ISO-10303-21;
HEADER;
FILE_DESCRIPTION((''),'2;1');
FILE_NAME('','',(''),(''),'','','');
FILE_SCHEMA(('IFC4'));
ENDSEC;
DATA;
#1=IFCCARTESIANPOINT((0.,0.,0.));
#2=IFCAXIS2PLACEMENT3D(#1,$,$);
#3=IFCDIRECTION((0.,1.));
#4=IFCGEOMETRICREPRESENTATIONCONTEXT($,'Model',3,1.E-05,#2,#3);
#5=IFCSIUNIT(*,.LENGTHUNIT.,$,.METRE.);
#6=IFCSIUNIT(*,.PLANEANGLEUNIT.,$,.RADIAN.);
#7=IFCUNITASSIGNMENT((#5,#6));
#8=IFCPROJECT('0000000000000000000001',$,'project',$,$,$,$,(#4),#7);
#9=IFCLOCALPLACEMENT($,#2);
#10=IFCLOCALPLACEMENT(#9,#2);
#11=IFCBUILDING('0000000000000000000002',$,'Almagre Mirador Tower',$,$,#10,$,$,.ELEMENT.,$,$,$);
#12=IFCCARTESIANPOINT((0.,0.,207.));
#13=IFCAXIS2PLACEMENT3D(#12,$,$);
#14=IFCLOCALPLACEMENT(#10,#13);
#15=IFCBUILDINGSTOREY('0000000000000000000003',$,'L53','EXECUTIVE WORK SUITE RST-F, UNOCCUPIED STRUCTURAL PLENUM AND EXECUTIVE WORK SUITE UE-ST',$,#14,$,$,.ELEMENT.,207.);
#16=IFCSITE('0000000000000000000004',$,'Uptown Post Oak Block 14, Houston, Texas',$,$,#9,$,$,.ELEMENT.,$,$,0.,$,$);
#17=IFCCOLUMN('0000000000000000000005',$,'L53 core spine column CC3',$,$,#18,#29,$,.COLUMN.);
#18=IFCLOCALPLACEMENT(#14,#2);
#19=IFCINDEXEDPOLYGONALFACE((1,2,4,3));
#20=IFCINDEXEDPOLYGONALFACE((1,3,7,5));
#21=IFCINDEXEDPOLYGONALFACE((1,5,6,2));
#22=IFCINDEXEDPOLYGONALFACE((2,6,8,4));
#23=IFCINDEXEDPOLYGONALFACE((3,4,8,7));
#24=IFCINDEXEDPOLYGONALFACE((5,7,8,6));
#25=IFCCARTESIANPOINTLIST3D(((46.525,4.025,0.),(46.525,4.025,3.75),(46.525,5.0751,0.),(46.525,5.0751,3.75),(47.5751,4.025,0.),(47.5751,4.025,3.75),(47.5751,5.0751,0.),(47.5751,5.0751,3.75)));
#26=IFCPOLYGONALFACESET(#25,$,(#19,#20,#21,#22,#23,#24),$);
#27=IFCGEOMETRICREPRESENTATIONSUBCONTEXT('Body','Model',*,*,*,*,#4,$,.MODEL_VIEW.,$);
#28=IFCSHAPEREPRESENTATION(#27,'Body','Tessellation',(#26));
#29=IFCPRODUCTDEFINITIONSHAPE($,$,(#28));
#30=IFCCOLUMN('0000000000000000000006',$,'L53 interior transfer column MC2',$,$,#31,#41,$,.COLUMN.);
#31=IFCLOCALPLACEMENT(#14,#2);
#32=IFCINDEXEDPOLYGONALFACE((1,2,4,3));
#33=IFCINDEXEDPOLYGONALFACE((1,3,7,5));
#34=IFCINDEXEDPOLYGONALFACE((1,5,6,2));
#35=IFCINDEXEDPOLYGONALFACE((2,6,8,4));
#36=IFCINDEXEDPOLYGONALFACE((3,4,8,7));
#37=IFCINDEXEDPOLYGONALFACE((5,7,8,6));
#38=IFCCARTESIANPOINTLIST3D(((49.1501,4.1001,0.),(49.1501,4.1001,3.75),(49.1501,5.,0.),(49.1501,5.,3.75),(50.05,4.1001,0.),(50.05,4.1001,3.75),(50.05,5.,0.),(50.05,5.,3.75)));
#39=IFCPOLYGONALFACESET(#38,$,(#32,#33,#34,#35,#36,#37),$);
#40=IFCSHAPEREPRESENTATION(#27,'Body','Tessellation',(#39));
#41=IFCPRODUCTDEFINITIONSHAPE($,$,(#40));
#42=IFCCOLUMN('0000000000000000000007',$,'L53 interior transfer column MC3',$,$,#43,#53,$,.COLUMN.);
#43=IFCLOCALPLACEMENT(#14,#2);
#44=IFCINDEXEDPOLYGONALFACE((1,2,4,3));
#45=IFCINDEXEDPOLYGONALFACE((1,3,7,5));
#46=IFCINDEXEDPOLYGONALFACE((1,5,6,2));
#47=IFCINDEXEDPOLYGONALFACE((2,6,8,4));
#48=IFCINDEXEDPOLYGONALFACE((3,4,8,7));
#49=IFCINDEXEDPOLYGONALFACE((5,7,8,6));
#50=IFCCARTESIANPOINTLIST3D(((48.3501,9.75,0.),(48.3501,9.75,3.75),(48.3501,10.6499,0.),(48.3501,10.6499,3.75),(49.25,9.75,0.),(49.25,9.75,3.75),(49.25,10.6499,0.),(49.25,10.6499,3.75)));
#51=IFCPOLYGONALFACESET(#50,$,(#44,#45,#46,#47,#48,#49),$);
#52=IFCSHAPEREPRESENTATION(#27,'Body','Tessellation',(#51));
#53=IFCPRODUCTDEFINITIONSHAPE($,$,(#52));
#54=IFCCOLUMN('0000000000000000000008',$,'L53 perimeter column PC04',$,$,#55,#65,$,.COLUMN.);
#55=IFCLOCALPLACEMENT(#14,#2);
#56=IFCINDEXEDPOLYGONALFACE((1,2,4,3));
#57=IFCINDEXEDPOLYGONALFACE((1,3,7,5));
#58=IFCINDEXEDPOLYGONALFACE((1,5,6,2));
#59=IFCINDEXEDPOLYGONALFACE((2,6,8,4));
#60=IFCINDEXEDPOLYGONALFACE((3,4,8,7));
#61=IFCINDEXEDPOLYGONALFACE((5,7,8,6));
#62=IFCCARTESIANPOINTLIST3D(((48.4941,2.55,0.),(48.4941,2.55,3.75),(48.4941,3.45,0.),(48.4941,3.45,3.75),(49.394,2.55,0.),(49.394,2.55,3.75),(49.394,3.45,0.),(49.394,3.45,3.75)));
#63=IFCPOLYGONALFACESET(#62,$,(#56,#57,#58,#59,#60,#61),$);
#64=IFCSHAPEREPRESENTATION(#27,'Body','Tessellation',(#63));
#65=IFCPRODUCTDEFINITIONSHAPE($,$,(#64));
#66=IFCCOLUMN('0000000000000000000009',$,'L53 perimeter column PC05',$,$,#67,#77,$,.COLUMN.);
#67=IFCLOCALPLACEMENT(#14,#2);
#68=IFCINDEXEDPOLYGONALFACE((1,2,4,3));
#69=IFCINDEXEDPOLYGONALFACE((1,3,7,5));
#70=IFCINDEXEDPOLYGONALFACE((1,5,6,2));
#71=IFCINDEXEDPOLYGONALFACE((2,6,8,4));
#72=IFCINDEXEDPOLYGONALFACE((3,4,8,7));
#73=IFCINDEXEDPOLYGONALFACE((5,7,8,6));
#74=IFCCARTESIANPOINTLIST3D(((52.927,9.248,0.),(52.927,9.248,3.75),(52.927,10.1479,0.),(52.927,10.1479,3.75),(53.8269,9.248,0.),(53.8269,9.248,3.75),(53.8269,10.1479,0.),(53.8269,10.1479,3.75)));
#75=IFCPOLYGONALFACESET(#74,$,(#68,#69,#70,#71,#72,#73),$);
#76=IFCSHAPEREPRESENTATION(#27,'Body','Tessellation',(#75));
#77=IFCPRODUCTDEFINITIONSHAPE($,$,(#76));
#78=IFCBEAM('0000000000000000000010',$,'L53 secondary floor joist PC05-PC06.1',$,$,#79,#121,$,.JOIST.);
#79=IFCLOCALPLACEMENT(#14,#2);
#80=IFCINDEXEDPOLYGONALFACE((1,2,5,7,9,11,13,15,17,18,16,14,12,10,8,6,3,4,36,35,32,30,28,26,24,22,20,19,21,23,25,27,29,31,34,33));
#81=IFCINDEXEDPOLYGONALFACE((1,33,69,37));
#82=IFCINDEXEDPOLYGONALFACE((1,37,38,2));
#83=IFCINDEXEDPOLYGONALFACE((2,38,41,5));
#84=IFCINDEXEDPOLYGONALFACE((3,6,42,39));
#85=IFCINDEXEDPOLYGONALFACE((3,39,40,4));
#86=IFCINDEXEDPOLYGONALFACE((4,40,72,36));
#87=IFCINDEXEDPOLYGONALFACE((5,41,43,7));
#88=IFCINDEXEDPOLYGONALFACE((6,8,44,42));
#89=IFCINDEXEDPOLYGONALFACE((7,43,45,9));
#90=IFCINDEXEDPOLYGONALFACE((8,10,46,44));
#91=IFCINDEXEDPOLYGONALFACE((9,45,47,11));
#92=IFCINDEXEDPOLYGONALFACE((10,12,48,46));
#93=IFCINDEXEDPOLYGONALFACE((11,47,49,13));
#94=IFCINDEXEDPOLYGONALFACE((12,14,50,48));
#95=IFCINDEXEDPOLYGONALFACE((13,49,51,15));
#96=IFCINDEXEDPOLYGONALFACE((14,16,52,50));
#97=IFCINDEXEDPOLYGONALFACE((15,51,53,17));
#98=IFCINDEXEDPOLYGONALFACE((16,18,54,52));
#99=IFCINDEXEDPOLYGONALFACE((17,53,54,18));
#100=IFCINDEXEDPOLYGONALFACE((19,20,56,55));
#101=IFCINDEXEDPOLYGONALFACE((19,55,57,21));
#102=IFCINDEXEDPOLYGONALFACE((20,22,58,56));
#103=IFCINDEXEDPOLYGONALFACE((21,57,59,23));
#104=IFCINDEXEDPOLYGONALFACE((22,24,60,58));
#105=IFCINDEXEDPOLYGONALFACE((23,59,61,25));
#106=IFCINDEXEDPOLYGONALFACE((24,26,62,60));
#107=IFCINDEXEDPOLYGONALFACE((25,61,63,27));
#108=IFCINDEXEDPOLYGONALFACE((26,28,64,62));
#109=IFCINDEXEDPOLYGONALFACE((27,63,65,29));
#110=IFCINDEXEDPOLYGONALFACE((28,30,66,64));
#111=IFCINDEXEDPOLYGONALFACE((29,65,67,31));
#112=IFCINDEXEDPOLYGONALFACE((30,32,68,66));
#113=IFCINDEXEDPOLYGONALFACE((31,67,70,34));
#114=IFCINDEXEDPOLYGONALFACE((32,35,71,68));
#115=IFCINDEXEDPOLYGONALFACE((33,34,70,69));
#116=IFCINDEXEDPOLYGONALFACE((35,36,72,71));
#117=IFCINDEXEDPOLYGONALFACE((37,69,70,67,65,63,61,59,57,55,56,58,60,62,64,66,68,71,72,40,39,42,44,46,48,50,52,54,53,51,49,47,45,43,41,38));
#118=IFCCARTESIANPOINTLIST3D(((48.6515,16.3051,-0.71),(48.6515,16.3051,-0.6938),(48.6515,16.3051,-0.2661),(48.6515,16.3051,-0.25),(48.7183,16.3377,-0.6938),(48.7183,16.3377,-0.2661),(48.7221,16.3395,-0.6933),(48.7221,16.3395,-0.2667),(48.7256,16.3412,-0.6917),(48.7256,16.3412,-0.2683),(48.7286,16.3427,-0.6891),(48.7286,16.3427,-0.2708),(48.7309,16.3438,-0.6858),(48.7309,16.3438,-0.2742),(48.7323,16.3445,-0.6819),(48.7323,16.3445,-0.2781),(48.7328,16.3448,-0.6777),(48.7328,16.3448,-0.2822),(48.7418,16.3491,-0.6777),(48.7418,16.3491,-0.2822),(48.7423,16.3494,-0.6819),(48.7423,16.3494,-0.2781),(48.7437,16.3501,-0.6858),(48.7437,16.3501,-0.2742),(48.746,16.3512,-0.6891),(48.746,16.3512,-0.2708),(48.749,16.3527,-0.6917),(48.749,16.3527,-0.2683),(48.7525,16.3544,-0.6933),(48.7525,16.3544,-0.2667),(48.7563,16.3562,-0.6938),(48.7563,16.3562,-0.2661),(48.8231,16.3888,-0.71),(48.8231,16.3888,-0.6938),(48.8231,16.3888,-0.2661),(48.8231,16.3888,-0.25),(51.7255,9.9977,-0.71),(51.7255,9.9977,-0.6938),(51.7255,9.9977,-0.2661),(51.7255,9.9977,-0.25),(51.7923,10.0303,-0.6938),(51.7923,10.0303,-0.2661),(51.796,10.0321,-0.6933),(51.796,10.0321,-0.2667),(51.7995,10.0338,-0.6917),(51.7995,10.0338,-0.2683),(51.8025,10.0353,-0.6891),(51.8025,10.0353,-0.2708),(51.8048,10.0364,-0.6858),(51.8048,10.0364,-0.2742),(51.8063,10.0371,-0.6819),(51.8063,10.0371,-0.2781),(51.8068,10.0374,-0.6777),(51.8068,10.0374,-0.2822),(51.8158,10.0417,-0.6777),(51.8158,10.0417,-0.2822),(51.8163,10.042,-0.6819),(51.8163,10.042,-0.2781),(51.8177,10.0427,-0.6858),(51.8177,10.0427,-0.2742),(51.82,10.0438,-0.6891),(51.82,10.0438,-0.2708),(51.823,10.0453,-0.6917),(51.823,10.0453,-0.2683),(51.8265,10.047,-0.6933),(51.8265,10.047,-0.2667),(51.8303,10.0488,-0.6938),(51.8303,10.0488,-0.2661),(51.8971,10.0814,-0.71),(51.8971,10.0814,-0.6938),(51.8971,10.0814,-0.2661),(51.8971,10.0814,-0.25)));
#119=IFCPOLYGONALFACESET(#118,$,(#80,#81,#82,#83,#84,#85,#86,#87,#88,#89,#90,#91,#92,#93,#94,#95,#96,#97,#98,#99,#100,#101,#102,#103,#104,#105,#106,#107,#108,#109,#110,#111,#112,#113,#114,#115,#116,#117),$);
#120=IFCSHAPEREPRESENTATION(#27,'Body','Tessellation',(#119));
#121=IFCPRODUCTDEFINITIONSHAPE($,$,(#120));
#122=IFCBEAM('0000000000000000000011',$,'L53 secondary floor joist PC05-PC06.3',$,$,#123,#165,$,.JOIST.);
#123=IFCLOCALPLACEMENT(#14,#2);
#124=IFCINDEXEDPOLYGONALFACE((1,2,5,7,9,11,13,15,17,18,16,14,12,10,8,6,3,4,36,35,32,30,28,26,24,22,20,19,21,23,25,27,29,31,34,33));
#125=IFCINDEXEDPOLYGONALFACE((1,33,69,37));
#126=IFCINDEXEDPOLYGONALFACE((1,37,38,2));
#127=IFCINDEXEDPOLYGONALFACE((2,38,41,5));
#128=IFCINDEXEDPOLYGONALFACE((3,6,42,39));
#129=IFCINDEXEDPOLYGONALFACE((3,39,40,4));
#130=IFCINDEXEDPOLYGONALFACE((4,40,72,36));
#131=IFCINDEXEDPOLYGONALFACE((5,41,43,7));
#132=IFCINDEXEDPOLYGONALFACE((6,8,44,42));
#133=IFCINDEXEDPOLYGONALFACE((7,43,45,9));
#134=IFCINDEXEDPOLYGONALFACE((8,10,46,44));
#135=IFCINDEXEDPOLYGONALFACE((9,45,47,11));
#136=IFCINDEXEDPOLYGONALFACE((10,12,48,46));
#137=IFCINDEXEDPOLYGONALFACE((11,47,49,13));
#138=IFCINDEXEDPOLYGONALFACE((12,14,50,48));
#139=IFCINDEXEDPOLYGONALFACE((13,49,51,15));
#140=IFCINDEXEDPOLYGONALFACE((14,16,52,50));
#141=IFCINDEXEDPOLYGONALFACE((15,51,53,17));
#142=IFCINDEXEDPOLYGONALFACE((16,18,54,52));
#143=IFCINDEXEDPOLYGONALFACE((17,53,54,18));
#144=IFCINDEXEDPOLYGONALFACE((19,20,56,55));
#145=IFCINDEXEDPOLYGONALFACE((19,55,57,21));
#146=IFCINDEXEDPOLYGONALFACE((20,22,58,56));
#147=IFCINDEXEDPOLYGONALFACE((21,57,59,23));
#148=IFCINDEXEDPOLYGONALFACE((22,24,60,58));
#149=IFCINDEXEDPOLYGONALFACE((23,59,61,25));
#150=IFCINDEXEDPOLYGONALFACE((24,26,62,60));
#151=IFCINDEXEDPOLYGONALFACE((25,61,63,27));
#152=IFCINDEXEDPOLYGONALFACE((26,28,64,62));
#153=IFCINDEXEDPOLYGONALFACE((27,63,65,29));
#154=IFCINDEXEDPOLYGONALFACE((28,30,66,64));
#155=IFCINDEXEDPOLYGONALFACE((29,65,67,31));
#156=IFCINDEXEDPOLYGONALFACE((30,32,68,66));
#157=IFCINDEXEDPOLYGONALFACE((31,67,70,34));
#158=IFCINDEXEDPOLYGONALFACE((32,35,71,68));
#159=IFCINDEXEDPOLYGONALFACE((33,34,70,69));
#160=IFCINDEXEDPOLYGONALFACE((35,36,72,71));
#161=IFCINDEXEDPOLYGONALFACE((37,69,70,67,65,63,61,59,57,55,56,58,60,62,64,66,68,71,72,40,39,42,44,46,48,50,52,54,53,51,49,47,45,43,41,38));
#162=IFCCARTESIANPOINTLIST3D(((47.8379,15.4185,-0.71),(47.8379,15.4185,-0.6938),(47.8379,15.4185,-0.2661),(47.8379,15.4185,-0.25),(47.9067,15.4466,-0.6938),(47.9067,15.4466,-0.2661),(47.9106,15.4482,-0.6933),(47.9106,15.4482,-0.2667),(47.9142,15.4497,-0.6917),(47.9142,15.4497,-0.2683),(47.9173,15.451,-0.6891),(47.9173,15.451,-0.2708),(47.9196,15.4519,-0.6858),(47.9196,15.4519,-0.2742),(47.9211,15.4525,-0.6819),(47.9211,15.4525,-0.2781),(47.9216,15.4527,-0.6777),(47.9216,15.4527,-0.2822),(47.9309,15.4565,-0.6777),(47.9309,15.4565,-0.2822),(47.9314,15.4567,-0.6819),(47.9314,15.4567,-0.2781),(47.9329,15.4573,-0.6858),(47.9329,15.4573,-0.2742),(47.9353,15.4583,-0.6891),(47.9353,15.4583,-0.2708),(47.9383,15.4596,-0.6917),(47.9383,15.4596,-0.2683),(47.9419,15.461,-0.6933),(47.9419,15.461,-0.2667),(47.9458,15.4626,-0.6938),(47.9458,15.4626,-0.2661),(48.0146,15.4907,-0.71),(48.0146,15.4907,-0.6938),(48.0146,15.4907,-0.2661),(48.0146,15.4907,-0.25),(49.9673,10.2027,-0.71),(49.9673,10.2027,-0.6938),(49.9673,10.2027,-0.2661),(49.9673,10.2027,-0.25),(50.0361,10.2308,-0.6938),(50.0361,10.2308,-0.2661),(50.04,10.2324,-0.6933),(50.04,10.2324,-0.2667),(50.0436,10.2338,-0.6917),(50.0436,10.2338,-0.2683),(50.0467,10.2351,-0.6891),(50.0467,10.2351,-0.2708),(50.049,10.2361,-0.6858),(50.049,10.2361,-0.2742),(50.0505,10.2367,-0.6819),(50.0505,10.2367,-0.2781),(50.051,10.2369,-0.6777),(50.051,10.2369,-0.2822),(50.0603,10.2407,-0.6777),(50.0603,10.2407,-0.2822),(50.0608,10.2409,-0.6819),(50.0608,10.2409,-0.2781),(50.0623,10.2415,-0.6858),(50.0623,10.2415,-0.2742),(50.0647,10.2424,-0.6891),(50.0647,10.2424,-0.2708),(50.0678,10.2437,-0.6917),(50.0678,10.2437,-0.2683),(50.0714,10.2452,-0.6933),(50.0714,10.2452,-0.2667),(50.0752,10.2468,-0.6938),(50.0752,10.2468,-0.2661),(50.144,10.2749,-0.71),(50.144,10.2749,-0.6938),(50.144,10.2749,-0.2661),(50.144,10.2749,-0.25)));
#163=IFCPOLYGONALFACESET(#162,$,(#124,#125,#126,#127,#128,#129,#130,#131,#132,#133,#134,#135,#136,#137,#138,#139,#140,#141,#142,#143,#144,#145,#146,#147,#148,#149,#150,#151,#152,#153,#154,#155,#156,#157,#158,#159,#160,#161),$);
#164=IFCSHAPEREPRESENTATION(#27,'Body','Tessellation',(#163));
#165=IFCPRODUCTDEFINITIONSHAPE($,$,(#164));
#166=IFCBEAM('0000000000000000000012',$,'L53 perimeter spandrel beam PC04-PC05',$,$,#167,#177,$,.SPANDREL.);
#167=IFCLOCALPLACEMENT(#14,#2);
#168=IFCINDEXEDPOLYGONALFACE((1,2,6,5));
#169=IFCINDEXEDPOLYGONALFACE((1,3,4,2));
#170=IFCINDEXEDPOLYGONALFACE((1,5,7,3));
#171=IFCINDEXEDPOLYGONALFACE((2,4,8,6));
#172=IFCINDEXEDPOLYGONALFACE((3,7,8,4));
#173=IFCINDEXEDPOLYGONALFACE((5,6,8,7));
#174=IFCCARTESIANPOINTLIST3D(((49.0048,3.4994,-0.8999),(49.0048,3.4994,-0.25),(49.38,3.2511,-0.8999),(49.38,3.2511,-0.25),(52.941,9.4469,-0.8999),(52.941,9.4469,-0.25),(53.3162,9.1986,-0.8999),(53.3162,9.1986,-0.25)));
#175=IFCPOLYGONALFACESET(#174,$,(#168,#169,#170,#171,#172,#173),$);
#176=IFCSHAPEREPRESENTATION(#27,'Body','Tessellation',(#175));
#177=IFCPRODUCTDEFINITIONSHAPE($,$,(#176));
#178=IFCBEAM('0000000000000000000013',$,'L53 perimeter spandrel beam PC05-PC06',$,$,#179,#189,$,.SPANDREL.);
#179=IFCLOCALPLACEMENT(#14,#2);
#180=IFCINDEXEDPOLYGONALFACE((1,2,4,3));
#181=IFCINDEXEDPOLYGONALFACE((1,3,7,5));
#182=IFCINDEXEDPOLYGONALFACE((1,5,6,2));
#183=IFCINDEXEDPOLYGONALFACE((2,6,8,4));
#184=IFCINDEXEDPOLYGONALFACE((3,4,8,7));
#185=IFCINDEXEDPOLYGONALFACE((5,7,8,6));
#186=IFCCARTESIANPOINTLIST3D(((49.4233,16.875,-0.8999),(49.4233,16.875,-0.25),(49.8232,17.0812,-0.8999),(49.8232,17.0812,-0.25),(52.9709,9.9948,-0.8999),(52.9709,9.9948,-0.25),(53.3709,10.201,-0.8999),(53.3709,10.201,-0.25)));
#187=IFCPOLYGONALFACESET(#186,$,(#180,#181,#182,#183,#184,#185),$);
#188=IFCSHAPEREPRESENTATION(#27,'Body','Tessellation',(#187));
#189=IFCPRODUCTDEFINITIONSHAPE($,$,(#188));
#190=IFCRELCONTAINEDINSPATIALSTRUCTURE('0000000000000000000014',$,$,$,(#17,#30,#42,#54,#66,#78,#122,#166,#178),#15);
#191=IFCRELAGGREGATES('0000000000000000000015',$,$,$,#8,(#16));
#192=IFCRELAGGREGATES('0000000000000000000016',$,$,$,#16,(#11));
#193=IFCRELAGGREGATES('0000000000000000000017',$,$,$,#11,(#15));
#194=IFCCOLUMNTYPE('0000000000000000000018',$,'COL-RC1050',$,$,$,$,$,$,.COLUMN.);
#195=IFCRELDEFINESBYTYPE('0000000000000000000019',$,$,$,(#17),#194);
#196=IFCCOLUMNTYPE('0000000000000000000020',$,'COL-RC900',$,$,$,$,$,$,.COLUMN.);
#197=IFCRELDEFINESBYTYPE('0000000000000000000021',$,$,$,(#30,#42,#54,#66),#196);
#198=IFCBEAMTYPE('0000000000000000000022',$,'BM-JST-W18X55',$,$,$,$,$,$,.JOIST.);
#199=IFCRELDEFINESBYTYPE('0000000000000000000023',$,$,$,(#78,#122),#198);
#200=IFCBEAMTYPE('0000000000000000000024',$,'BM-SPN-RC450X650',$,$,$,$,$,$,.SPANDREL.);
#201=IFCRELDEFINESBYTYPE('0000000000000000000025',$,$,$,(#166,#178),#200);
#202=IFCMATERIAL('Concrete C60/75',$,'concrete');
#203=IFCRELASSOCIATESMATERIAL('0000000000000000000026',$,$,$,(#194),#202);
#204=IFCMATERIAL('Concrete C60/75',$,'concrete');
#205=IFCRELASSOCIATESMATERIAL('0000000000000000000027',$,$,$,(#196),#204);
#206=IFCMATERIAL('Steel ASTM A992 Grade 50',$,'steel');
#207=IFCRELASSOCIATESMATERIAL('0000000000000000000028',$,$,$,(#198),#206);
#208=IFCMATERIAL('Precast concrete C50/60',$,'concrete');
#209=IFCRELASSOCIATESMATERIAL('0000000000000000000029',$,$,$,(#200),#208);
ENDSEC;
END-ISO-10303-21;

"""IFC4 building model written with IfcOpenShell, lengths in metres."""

from ifc_helpers import new_model, si_unit, direction, frame, origin, origin_2d, place, context, subcontext, project, spatial, rectangle, i_section, extrude, material, material_profile, profile_set, type_object, element, save


model = new_model("IFC4")

# Units and contexts
model_context = context("Model", 3, precision=1e-05, world=origin(), true_north=direction((0.0, 1.0)))
body_context = subcontext(model_context, "Body", "Model", "MODEL_VIEW")
ifc_project = project(units=[si_unit("LENGTHUNIT", "METRE"), si_unit("PLANEANGLEUNIT", "RADIAN")], contexts=[model_context])

# Site, building, storey
site_placement = place(None, origin())
site = spatial("IfcSite", under=ifc_project, at=site_placement, Name="Uptown Post Oak Block 14, Houston, Texas", CompositionType="ELEMENT", RefElevation=0.0)
building_placement = place(site_placement, origin())
building = spatial("IfcBuilding", under=site, at=building_placement, Name="Almagre Mirador Tower", CompositionType="ELEMENT")
storey_placement = place(building_placement, frame((0.0, 0.0, 207.0)))
storey = spatial("IfcBuildingStorey", under=building, at=storey_placement, Name="L53", Description="EXECUTIVE WORK SUITE RST-F, UNOCCUPIED STRUCTURAL PLENUM AND EXECUTIVE WORK SUITE UE-ST", CompositionType="ELEMENT", Elevation=207.0)

# Columns
ifc_material_1 = material(Name="Concrete C60/75", Category="concrete")
ifc_material_profile_1 = material_profile(ifc_material_1, rectangle(XDim=1.05, YDim=1.05, at=origin_2d()), Name="RC1050X1050")
ifc_profile_set_1 = profile_set([ifc_material_profile_1], Name="Concrete C60/75")
column_type_1 = type_object("IfcColumnType", Name="COL-RC1050", PredefinedType="COLUMN", material=ifc_profile_set_1)
column_placement = place(storey_placement, frame((47.05, 4.55, 0.0), z_axis=(0.0, 0.0, 1.0), x_axis=(1.0, 0.0, 0.0)))
element("IfcColumn", 1, at=column_placement, inside=storey, type_object=column_type_1, Name="L53 core spine column CC3", PredefinedType="COLUMN", context=body_context, shape_type="SweptSolid", body=[
    extrude(rectangle(XDim=1.05, YDim=1.05, at=origin_2d()), origin(), (0.0, 0.0, 1.0), 3.75),
])
ifc_material_2 = material(Name="Concrete C60/75", Category="concrete")
ifc_material_profile_2 = material_profile(ifc_material_2, rectangle(XDim=0.8999, YDim=0.8999, at=origin_2d()), Name="RC900X900")
ifc_profile_set_2 = profile_set([ifc_material_profile_2], Name="Concrete C60/75")
column_type_2 = type_object("IfcColumnType", Name="COL-RC900", PredefinedType="COLUMN", material=ifc_profile_set_2)
for number, where, z_axis, x_axis, name in (
    (2, (49.6001, 4.55, 0.0), (0.0, 0.0, 1.0), (1.0, 0.0, 0.0), "L53 interior transfer column MC2"),
    (3, (48.8, 10.2, 0.0), (0.0, 0.0, 1.0), (1.0, 0.0, 0.0), "L53 interior transfer column MC3"),
    (4, (48.9441, 3.0, 0.0), (0.0, 0.0, 1.0), (1.0, 0.0, 0.0), "L53 perimeter column PC04"),
    (5, (53.377, 9.698, 0.0), (0.0, 0.0, 1.0), (1.0, 0.0, 0.0), "L53 perimeter column PC05"),
):
    element("IfcColumn", number, at=place(storey_placement, frame(where, z_axis=z_axis, x_axis=x_axis)), inside=storey, type_object=column_type_2, Name=name, PredefinedType="COLUMN", context=body_context, shape_type="SweptSolid", body=[
        extrude(rectangle(XDim=0.8999, YDim=0.8999, at=origin_2d()), origin(), (0.0, 0.0, 1.0), 3.75),
    ])

# Beams
ifc_material_3 = material(Name="Steel ASTM A992 Grade 50", Category="steel")
ifc_material_profile_3 = material_profile(ifc_material_3, i_section(OverallWidth=0.1909, OverallDepth=0.46, WebThickness=0.01, FlangeThickness=0.0161, FilletRadius=0.0161, at=origin_2d()), Name="W18X55")
ifc_profile_set_3 = profile_set([ifc_material_profile_3], Name="Steel ASTM A992 Grade 50")
beam_type_1 = type_object("IfcBeamType", Name="BM-JST-W18X55", PredefinedType="JOIST", material=ifc_profile_set_3)
beam_1_placement = place(storey_placement, frame((51.8113, 10.0396, -0.48), z_axis=(-0.438102, 0.898925, 0.0), x_axis=(-0.898925, -0.438102, 0.0)))
element("IfcBeam", 6, at=beam_1_placement, inside=storey, type_object=beam_type_1, Name="L53 secondary floor joist PC05-PC06.1", PredefinedType="JOIST", context=body_context, shape_type="SweptSolid", body=[
    extrude(i_section(OverallWidth=0.1909, OverallDepth=0.46, WebThickness=0.01, FlangeThickness=0.0161, FilletRadius=0.0161, at=origin_2d()), origin(), (0.0, 0.0, 1.0), 7.0166),
])
beam_2_placement = place(storey_placement, frame((50.0557, 10.2388, -0.48), z_axis=(-0.377971, 0.925817, 0.0), x_axis=(-0.925817, -0.377971, 0.0)))
element("IfcBeam", 7, at=beam_2_placement, inside=storey, type_object=beam_type_1, Name="L53 secondary floor joist PC05-PC06.3", PredefinedType="JOIST", context=body_context, shape_type="SweptSolid", body=[
    extrude(i_section(OverallWidth=0.1909, OverallDepth=0.46, WebThickness=0.01, FlangeThickness=0.0161, FilletRadius=0.0161, at=origin_2d()), origin(), (0.0, 0.0, 1.0), 5.6338),
])
ifc_material_4 = material(Name="Precast concrete C50/60", Category="concrete")
ifc_material_profile_4 = material_profile(ifc_material_4, rectangle(XDim=0.45, YDim=0.6499, at=origin_2d()), Name="RC450X650")
ifc_profile_set_4 = profile_set([ifc_material_profile_4], Name="Precast concrete C50/60")
beam_type_2 = type_object("IfcBeamType", Name="BM-SPN-RC450X650", PredefinedType="SPANDREL", material=ifc_profile_set_4)
beam_3_placement = place(storey_placement, frame((49.1924, 3.3752, -0.575), z_axis=(0.551909, 0.833905, 0.0), x_axis=(-0.833905, 0.551909, 0.0)))
element("IfcBeam", 8, at=beam_3_placement, inside=storey, type_object=beam_type_2, Name="L53 perimeter spandrel beam PC04-PC05", PredefinedType="SPANDREL", context=body_context, shape_type="SweptSolid", body=[
    extrude(rectangle(XDim=0.45, YDim=0.6499, at=origin_2d()), origin(), (0.0, 0.0, 1.0), 7.1321),
])
beam_4_placement = place(storey_placement, frame((53.1709, 10.0979, -0.575), z_axis=(-0.458293, 0.888801, 0.0), x_axis=(-0.888801, -0.458293, 0.0)))
element("IfcBeam", 9, at=beam_4_placement, inside=storey, type_object=beam_type_2, Name="L53 perimeter spandrel beam PC05-PC06", PredefinedType="SPANDREL", context=body_context, shape_type="SweptSolid", body=[
    extrude(rectangle(XDim=0.45, YDim=0.6499, at=origin_2d()), origin(), (0.0, 0.0, 1.0), 7.741),
])

save(model, "model.ifc")
